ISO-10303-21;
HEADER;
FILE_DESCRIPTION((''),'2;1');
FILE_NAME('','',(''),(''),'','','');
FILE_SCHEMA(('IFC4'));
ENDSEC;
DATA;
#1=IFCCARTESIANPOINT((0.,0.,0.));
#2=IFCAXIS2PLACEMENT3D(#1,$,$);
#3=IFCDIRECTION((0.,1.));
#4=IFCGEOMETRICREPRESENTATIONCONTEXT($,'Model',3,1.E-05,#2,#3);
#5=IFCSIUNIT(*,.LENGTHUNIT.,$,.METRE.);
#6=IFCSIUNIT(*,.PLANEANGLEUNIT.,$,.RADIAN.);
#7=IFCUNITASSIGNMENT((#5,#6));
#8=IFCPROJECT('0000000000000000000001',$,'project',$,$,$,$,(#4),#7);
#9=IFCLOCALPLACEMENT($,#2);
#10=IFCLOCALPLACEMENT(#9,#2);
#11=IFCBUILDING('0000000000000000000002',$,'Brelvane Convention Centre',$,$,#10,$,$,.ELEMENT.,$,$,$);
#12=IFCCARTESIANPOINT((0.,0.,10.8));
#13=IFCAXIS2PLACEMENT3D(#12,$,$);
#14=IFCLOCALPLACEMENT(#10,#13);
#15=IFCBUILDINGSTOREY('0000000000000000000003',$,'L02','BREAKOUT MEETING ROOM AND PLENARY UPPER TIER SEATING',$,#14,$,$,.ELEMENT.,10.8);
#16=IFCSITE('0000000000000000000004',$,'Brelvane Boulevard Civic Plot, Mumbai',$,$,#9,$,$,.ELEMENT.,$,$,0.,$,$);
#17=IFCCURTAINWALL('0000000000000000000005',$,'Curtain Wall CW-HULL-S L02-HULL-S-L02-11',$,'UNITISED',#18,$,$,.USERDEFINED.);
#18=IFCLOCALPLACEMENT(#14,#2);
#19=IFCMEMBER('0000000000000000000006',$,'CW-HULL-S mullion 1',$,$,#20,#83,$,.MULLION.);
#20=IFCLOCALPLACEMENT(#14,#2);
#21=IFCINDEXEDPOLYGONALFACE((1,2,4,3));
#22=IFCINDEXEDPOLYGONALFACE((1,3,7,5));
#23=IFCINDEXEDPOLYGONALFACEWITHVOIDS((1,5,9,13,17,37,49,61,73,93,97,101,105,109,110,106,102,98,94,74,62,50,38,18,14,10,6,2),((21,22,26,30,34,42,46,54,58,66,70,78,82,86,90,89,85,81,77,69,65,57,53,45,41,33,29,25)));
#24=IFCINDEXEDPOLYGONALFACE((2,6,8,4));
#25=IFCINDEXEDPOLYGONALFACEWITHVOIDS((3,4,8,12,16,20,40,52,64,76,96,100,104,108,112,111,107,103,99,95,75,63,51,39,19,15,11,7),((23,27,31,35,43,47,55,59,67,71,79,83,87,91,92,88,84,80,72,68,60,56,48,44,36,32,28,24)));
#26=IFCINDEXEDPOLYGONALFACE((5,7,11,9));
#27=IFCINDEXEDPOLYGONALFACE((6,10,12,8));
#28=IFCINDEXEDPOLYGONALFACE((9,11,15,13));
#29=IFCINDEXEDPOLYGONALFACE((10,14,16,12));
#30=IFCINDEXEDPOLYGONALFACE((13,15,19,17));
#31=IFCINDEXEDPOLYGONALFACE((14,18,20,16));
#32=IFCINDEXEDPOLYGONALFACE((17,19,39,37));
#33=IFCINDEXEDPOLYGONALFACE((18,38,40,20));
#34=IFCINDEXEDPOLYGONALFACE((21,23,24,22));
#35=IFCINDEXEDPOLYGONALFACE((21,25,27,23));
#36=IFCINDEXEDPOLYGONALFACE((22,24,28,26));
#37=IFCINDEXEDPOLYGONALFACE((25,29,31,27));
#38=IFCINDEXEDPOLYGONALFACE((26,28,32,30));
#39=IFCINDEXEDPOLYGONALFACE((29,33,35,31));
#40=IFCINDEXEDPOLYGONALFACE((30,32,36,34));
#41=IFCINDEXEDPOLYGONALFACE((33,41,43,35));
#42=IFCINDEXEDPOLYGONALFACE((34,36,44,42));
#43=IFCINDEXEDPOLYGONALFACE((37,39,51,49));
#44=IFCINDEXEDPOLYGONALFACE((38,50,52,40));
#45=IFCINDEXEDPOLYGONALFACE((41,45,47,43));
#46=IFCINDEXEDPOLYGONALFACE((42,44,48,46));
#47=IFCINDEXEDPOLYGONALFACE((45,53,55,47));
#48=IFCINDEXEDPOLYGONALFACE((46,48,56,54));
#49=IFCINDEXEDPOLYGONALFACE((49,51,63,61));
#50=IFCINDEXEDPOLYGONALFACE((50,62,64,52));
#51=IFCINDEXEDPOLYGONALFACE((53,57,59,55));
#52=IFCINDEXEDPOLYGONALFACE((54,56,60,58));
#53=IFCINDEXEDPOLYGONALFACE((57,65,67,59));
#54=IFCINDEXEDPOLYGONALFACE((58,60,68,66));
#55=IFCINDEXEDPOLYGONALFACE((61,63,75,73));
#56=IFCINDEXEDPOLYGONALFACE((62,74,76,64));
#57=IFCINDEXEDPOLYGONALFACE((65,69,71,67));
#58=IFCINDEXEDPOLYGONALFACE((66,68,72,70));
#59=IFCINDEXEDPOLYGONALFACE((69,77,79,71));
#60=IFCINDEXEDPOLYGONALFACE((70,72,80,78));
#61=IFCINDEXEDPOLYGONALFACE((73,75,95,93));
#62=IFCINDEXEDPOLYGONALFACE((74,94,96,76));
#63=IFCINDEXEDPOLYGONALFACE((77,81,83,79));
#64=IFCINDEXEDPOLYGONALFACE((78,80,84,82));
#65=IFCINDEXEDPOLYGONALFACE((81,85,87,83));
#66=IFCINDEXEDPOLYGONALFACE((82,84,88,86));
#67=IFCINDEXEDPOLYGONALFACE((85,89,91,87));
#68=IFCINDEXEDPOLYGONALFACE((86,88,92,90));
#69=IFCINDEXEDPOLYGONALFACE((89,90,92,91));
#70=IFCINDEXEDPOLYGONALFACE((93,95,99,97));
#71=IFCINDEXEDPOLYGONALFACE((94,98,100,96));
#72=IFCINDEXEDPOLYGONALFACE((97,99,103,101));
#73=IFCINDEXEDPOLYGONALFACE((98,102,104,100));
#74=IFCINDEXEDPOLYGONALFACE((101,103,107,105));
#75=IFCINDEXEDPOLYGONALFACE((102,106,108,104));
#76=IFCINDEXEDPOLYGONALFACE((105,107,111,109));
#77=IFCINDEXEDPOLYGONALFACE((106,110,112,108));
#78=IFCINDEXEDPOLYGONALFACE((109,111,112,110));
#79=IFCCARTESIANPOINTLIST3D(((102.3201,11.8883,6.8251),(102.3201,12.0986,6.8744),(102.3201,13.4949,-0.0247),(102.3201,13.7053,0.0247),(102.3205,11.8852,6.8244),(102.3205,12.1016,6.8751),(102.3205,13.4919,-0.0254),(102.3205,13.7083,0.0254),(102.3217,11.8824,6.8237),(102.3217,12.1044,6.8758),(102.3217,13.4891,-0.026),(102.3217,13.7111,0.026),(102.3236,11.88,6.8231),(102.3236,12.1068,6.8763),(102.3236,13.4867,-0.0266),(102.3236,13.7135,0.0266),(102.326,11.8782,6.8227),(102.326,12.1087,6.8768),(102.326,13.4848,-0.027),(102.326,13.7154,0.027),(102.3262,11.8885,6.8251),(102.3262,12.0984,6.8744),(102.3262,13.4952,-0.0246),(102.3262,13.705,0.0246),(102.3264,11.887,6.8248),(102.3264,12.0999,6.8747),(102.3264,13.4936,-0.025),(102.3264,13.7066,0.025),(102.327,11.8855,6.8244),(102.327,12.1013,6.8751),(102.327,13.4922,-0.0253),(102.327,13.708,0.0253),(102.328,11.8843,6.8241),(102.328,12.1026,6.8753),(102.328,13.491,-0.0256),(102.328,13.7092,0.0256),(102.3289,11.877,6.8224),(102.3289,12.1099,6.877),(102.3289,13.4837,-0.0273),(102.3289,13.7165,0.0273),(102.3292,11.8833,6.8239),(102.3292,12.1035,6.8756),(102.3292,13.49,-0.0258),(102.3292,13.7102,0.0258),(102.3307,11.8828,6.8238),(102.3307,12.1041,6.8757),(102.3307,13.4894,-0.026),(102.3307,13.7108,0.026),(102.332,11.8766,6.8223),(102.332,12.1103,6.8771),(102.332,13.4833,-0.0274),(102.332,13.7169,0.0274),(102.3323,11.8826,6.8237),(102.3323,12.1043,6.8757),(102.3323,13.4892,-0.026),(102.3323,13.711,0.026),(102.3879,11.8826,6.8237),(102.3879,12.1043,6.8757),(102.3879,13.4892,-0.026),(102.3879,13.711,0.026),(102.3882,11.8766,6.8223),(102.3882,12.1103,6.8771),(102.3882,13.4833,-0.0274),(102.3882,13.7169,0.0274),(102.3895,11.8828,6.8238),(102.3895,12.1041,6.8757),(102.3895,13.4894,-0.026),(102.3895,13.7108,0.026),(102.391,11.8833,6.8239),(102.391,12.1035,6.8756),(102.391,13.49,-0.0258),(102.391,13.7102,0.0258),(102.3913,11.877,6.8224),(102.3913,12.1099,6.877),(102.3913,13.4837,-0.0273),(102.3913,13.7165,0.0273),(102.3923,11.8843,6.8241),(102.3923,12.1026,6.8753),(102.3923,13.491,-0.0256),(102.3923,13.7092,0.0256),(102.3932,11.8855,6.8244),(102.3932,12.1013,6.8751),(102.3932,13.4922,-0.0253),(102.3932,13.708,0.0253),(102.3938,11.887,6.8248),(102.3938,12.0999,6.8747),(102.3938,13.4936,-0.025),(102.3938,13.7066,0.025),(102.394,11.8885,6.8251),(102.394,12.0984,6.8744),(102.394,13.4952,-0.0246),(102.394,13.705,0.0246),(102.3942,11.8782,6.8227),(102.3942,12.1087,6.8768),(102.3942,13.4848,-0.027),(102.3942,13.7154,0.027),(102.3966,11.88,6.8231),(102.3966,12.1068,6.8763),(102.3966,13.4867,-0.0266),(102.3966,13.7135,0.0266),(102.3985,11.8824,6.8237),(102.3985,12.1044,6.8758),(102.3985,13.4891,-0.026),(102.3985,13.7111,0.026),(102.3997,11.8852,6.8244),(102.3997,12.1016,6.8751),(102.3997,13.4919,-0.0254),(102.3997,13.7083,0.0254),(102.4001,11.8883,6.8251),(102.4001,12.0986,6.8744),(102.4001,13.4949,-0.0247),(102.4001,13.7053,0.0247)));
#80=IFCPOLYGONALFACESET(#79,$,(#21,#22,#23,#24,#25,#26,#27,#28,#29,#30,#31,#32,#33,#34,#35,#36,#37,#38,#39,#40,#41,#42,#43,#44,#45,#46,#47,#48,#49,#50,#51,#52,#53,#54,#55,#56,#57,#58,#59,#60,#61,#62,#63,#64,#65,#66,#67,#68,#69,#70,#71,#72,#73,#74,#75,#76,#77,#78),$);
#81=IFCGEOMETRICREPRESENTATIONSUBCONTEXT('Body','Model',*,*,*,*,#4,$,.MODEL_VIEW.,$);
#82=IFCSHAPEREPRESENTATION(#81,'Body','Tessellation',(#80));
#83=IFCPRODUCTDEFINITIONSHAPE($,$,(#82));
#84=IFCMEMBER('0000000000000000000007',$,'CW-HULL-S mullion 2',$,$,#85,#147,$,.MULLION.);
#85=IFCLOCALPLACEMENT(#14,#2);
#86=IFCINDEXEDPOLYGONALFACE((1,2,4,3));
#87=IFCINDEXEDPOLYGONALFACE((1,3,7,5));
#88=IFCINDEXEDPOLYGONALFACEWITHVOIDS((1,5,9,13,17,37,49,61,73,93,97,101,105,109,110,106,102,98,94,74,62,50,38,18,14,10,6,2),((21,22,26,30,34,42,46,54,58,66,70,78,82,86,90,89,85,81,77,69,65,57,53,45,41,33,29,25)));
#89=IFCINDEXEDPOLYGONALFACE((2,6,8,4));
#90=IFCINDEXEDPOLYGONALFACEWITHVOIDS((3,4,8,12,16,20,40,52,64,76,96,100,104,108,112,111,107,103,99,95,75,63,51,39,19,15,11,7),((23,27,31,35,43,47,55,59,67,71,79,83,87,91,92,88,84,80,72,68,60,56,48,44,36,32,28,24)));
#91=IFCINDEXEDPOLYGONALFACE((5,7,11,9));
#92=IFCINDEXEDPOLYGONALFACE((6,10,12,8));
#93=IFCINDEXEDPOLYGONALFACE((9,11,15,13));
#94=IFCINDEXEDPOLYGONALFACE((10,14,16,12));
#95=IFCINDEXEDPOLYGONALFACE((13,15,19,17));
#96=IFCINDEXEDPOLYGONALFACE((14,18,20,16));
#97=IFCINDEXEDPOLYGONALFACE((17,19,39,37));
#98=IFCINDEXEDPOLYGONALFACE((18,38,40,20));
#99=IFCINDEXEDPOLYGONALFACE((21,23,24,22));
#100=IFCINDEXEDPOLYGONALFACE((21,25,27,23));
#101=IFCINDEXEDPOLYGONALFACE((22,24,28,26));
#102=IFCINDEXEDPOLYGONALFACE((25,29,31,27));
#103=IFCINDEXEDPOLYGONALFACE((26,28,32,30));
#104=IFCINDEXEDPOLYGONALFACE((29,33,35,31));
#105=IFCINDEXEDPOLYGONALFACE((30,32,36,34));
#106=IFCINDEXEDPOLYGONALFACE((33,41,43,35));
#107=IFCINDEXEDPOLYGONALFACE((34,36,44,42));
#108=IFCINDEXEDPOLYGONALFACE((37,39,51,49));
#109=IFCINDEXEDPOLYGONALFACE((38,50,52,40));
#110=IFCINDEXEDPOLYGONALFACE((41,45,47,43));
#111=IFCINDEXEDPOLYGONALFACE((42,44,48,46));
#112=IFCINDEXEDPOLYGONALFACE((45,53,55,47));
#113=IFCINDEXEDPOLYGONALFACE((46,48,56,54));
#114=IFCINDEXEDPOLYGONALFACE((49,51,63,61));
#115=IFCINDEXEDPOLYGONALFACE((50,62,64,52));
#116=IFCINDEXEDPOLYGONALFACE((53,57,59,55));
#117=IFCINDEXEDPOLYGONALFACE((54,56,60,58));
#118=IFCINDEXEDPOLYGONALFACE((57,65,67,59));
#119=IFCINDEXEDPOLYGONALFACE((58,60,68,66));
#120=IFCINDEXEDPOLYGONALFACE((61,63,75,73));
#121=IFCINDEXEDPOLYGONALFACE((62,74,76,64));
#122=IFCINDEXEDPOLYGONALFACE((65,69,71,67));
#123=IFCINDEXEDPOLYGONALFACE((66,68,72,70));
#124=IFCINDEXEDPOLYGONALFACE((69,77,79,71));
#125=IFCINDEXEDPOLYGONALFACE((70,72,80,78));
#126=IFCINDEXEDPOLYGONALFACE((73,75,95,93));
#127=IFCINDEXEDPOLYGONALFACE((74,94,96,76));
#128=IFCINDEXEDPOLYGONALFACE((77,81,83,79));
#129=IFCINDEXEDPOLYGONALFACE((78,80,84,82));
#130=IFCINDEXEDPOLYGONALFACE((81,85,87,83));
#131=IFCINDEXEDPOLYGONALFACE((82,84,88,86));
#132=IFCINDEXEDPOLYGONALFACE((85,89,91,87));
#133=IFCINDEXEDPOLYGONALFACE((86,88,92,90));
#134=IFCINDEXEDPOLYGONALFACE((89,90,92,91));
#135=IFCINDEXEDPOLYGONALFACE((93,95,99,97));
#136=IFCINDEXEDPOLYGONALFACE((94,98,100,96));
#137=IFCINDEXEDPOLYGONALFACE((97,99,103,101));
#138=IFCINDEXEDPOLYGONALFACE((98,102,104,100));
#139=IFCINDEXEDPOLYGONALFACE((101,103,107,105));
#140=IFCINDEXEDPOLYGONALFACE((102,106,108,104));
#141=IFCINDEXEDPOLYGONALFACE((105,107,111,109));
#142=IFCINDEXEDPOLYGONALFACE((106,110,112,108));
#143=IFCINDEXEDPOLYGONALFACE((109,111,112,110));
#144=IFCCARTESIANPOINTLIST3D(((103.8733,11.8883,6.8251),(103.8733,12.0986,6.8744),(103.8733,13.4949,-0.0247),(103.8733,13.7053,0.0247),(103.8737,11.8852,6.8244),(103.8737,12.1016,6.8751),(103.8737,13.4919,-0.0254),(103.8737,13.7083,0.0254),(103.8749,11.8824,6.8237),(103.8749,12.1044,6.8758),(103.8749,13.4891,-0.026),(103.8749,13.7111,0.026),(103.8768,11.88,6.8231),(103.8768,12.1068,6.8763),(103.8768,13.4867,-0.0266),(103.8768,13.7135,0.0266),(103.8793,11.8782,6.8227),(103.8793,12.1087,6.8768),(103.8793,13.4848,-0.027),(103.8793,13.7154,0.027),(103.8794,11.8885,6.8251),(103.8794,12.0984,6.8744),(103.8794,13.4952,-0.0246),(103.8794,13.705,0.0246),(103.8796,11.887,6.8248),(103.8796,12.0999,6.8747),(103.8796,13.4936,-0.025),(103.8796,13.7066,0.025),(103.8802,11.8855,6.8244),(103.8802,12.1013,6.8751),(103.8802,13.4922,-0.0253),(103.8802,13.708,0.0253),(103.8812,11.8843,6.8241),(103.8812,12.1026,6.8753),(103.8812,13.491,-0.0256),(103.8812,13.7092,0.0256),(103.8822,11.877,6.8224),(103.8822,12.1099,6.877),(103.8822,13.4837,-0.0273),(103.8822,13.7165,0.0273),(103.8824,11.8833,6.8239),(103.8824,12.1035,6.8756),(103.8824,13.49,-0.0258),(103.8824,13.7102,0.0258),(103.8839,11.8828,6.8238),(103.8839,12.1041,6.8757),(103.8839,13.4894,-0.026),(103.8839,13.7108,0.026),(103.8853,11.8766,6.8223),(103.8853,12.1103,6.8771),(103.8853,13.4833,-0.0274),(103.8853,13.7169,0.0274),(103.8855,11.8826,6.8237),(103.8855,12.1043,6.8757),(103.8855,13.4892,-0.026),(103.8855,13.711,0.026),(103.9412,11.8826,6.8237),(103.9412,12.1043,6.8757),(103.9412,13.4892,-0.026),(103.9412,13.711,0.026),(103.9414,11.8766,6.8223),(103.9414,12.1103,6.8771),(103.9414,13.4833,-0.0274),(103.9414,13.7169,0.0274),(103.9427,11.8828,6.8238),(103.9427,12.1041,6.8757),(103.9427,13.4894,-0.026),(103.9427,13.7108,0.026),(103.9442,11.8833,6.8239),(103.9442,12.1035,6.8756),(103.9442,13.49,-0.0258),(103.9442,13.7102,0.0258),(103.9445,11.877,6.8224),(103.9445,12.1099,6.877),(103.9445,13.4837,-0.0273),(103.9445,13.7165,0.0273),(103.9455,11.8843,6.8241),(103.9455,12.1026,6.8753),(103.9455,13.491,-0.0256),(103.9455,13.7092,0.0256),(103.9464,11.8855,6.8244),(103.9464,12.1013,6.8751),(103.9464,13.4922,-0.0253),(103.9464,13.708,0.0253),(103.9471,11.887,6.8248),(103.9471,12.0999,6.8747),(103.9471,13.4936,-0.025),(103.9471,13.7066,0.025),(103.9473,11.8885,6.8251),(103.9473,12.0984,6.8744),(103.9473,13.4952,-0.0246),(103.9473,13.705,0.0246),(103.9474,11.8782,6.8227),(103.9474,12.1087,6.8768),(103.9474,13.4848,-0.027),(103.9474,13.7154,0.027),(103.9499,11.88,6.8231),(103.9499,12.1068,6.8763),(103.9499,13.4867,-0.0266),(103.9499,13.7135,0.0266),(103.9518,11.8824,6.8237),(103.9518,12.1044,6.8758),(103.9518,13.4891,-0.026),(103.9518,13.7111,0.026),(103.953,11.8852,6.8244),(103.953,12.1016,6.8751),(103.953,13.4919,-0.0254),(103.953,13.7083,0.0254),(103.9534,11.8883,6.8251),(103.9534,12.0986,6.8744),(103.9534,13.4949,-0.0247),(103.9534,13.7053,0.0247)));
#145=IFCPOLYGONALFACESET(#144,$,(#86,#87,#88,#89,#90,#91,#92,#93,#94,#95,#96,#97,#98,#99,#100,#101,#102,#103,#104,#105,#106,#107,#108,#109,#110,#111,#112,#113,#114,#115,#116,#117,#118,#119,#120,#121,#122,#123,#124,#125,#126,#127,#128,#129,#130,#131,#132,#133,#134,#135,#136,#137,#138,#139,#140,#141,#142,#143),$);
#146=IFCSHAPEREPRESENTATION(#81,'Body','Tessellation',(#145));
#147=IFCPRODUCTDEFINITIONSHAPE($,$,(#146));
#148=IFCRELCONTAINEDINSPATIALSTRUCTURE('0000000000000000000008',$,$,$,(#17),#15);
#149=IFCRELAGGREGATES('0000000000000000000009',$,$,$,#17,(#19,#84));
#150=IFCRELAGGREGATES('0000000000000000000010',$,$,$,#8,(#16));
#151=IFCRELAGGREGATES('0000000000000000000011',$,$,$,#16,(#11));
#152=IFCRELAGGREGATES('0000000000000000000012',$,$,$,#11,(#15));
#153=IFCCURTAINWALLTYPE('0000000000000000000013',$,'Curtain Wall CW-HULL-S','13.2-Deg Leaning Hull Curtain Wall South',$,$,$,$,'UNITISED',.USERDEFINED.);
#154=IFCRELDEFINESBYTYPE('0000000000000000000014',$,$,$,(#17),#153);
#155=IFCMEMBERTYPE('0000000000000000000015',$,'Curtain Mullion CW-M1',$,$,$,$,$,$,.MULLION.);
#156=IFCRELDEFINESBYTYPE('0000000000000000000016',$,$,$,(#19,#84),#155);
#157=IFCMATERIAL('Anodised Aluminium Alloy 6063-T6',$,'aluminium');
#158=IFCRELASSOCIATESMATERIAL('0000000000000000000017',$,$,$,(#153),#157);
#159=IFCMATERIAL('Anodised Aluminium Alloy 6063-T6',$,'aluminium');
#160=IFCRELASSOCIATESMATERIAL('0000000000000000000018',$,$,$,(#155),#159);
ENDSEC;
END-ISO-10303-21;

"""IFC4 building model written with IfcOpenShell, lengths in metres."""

from ifc_helpers import new_model, si_unit, direction, frame, origin, origin_2d, place, context, subcontext, project, spatial, hollow_rectangle, extrude, material, material_profile, profile_set, type_object, element, aggregate, save


model = new_model("IFC4")

# Units and contexts
model_context = context("Model", 3, precision=1e-05, world=origin(), true_north=direction((0.0, 1.0)))
body_context = subcontext(model_context, "Body", "Model", "MODEL_VIEW")
ifc_project = project(units=[si_unit("LENGTHUNIT", "METRE"), si_unit("PLANEANGLEUNIT", "RADIAN")], contexts=[model_context])

# Site, building, storey
site_placement = place(None, origin())
site = spatial("IfcSite", under=ifc_project, at=site_placement, Name="Brelvane Boulevard Civic Plot, Mumbai", CompositionType="ELEMENT", RefElevation=0.0)
building_placement = place(site_placement, origin())
building = spatial("IfcBuilding", under=site, at=building_placement, Name="Brelvane Convention Centre", CompositionType="ELEMENT")
storey_placement = place(building_placement, frame((0.0, 0.0, 10.8)))
storey = spatial("IfcBuildingStorey", under=building, at=storey_placement, Name="L02", Description="BREAKOUT MEETING ROOM AND PLENARY UPPER TIER SEATING", CompositionType="ELEMENT", Elevation=10.8)

# Curtain wall, members
ifc_material_1 = material(Name="Anodised Aluminium Alloy 6063-T6", Category="aluminium")
curtain_wall_type = type_object("IfcCurtainWallType", Name="Curtain Wall CW-HULL-S", Description="13.2-Deg Leaning Hull Curtain Wall South", ElementType="UNITISED", PredefinedType="USERDEFINED", material=ifc_material_1)
ifc_material_2 = material(Name="Anodised Aluminium Alloy 6063-T6", Category="aluminium")
ifc_material_profile_1 = material_profile(ifc_material_2, hollow_rectangle(XDim=0.0801, YDim=0.24, WallThickness=0.0061, InnerFilletRadius=0.0061, OuterFilletRadius=0.012, at=origin_2d()), Name="ALU-M 240x80x6.0")
ifc_profile_set_1 = profile_set([ifc_material_profile_1], Name="Anodised Aluminium Alloy 6063-T6")
member_type_1 = type_object("IfcMemberType", Name="Curtain Mullion CW-M1", PredefinedType="MULLION", material=ifc_profile_set_1)
curtain_wall_1_placement = place(storey_placement, origin())
curtain_wall_1 = element("IfcCurtainWall", 1, at=curtain_wall_1_placement, inside=storey, type_object=curtain_wall_type, Name="Curtain Wall CW-HULL-S L02-HULL-S-L02-11", ObjectType="UNITISED", PredefinedType="USERDEFINED")
member_1_placement = place(storey_placement, frame((102.3601, 13.6001, 0.0), z_axis=(0.0, -0.22836, 0.973577), x_axis=(1.0, 0.0, 0.0)))
member_1 = element("IfcMember", 2, at=member_1_placement, type_object=member_type_1, Name="CW-HULL-S mullion 1", PredefinedType="MULLION", context=body_context, shape_type="SweptSolid", body=[
    extrude(hollow_rectangle(XDim=0.0801, YDim=0.24, WallThickness=0.0061, InnerFilletRadius=0.0061, OuterFilletRadius=0.012, at=origin_2d()), origin(), (0.0, 0.0, 1.0), 7.0356),
])
member_2_placement = place(storey_placement, frame((103.9133, 13.6001, 0.0), z_axis=(0.0, -0.22836, 0.973577), x_axis=(1.0, 0.0, 0.0)))
member_2 = element("IfcMember", 3, at=member_2_placement, type_object=member_type_1, Name="CW-HULL-S mullion 2", PredefinedType="MULLION", context=body_context, shape_type="SweptSolid", body=[
    extrude(hollow_rectangle(XDim=0.0801, YDim=0.24, WallThickness=0.0061, InnerFilletRadius=0.0061, OuterFilletRadius=0.012, at=origin_2d()), origin(), (0.0, 0.0, 1.0), 7.0356),
])

aggregate(curtain_wall_1, [member_1, member_2])

save(model, "model.ifc")
